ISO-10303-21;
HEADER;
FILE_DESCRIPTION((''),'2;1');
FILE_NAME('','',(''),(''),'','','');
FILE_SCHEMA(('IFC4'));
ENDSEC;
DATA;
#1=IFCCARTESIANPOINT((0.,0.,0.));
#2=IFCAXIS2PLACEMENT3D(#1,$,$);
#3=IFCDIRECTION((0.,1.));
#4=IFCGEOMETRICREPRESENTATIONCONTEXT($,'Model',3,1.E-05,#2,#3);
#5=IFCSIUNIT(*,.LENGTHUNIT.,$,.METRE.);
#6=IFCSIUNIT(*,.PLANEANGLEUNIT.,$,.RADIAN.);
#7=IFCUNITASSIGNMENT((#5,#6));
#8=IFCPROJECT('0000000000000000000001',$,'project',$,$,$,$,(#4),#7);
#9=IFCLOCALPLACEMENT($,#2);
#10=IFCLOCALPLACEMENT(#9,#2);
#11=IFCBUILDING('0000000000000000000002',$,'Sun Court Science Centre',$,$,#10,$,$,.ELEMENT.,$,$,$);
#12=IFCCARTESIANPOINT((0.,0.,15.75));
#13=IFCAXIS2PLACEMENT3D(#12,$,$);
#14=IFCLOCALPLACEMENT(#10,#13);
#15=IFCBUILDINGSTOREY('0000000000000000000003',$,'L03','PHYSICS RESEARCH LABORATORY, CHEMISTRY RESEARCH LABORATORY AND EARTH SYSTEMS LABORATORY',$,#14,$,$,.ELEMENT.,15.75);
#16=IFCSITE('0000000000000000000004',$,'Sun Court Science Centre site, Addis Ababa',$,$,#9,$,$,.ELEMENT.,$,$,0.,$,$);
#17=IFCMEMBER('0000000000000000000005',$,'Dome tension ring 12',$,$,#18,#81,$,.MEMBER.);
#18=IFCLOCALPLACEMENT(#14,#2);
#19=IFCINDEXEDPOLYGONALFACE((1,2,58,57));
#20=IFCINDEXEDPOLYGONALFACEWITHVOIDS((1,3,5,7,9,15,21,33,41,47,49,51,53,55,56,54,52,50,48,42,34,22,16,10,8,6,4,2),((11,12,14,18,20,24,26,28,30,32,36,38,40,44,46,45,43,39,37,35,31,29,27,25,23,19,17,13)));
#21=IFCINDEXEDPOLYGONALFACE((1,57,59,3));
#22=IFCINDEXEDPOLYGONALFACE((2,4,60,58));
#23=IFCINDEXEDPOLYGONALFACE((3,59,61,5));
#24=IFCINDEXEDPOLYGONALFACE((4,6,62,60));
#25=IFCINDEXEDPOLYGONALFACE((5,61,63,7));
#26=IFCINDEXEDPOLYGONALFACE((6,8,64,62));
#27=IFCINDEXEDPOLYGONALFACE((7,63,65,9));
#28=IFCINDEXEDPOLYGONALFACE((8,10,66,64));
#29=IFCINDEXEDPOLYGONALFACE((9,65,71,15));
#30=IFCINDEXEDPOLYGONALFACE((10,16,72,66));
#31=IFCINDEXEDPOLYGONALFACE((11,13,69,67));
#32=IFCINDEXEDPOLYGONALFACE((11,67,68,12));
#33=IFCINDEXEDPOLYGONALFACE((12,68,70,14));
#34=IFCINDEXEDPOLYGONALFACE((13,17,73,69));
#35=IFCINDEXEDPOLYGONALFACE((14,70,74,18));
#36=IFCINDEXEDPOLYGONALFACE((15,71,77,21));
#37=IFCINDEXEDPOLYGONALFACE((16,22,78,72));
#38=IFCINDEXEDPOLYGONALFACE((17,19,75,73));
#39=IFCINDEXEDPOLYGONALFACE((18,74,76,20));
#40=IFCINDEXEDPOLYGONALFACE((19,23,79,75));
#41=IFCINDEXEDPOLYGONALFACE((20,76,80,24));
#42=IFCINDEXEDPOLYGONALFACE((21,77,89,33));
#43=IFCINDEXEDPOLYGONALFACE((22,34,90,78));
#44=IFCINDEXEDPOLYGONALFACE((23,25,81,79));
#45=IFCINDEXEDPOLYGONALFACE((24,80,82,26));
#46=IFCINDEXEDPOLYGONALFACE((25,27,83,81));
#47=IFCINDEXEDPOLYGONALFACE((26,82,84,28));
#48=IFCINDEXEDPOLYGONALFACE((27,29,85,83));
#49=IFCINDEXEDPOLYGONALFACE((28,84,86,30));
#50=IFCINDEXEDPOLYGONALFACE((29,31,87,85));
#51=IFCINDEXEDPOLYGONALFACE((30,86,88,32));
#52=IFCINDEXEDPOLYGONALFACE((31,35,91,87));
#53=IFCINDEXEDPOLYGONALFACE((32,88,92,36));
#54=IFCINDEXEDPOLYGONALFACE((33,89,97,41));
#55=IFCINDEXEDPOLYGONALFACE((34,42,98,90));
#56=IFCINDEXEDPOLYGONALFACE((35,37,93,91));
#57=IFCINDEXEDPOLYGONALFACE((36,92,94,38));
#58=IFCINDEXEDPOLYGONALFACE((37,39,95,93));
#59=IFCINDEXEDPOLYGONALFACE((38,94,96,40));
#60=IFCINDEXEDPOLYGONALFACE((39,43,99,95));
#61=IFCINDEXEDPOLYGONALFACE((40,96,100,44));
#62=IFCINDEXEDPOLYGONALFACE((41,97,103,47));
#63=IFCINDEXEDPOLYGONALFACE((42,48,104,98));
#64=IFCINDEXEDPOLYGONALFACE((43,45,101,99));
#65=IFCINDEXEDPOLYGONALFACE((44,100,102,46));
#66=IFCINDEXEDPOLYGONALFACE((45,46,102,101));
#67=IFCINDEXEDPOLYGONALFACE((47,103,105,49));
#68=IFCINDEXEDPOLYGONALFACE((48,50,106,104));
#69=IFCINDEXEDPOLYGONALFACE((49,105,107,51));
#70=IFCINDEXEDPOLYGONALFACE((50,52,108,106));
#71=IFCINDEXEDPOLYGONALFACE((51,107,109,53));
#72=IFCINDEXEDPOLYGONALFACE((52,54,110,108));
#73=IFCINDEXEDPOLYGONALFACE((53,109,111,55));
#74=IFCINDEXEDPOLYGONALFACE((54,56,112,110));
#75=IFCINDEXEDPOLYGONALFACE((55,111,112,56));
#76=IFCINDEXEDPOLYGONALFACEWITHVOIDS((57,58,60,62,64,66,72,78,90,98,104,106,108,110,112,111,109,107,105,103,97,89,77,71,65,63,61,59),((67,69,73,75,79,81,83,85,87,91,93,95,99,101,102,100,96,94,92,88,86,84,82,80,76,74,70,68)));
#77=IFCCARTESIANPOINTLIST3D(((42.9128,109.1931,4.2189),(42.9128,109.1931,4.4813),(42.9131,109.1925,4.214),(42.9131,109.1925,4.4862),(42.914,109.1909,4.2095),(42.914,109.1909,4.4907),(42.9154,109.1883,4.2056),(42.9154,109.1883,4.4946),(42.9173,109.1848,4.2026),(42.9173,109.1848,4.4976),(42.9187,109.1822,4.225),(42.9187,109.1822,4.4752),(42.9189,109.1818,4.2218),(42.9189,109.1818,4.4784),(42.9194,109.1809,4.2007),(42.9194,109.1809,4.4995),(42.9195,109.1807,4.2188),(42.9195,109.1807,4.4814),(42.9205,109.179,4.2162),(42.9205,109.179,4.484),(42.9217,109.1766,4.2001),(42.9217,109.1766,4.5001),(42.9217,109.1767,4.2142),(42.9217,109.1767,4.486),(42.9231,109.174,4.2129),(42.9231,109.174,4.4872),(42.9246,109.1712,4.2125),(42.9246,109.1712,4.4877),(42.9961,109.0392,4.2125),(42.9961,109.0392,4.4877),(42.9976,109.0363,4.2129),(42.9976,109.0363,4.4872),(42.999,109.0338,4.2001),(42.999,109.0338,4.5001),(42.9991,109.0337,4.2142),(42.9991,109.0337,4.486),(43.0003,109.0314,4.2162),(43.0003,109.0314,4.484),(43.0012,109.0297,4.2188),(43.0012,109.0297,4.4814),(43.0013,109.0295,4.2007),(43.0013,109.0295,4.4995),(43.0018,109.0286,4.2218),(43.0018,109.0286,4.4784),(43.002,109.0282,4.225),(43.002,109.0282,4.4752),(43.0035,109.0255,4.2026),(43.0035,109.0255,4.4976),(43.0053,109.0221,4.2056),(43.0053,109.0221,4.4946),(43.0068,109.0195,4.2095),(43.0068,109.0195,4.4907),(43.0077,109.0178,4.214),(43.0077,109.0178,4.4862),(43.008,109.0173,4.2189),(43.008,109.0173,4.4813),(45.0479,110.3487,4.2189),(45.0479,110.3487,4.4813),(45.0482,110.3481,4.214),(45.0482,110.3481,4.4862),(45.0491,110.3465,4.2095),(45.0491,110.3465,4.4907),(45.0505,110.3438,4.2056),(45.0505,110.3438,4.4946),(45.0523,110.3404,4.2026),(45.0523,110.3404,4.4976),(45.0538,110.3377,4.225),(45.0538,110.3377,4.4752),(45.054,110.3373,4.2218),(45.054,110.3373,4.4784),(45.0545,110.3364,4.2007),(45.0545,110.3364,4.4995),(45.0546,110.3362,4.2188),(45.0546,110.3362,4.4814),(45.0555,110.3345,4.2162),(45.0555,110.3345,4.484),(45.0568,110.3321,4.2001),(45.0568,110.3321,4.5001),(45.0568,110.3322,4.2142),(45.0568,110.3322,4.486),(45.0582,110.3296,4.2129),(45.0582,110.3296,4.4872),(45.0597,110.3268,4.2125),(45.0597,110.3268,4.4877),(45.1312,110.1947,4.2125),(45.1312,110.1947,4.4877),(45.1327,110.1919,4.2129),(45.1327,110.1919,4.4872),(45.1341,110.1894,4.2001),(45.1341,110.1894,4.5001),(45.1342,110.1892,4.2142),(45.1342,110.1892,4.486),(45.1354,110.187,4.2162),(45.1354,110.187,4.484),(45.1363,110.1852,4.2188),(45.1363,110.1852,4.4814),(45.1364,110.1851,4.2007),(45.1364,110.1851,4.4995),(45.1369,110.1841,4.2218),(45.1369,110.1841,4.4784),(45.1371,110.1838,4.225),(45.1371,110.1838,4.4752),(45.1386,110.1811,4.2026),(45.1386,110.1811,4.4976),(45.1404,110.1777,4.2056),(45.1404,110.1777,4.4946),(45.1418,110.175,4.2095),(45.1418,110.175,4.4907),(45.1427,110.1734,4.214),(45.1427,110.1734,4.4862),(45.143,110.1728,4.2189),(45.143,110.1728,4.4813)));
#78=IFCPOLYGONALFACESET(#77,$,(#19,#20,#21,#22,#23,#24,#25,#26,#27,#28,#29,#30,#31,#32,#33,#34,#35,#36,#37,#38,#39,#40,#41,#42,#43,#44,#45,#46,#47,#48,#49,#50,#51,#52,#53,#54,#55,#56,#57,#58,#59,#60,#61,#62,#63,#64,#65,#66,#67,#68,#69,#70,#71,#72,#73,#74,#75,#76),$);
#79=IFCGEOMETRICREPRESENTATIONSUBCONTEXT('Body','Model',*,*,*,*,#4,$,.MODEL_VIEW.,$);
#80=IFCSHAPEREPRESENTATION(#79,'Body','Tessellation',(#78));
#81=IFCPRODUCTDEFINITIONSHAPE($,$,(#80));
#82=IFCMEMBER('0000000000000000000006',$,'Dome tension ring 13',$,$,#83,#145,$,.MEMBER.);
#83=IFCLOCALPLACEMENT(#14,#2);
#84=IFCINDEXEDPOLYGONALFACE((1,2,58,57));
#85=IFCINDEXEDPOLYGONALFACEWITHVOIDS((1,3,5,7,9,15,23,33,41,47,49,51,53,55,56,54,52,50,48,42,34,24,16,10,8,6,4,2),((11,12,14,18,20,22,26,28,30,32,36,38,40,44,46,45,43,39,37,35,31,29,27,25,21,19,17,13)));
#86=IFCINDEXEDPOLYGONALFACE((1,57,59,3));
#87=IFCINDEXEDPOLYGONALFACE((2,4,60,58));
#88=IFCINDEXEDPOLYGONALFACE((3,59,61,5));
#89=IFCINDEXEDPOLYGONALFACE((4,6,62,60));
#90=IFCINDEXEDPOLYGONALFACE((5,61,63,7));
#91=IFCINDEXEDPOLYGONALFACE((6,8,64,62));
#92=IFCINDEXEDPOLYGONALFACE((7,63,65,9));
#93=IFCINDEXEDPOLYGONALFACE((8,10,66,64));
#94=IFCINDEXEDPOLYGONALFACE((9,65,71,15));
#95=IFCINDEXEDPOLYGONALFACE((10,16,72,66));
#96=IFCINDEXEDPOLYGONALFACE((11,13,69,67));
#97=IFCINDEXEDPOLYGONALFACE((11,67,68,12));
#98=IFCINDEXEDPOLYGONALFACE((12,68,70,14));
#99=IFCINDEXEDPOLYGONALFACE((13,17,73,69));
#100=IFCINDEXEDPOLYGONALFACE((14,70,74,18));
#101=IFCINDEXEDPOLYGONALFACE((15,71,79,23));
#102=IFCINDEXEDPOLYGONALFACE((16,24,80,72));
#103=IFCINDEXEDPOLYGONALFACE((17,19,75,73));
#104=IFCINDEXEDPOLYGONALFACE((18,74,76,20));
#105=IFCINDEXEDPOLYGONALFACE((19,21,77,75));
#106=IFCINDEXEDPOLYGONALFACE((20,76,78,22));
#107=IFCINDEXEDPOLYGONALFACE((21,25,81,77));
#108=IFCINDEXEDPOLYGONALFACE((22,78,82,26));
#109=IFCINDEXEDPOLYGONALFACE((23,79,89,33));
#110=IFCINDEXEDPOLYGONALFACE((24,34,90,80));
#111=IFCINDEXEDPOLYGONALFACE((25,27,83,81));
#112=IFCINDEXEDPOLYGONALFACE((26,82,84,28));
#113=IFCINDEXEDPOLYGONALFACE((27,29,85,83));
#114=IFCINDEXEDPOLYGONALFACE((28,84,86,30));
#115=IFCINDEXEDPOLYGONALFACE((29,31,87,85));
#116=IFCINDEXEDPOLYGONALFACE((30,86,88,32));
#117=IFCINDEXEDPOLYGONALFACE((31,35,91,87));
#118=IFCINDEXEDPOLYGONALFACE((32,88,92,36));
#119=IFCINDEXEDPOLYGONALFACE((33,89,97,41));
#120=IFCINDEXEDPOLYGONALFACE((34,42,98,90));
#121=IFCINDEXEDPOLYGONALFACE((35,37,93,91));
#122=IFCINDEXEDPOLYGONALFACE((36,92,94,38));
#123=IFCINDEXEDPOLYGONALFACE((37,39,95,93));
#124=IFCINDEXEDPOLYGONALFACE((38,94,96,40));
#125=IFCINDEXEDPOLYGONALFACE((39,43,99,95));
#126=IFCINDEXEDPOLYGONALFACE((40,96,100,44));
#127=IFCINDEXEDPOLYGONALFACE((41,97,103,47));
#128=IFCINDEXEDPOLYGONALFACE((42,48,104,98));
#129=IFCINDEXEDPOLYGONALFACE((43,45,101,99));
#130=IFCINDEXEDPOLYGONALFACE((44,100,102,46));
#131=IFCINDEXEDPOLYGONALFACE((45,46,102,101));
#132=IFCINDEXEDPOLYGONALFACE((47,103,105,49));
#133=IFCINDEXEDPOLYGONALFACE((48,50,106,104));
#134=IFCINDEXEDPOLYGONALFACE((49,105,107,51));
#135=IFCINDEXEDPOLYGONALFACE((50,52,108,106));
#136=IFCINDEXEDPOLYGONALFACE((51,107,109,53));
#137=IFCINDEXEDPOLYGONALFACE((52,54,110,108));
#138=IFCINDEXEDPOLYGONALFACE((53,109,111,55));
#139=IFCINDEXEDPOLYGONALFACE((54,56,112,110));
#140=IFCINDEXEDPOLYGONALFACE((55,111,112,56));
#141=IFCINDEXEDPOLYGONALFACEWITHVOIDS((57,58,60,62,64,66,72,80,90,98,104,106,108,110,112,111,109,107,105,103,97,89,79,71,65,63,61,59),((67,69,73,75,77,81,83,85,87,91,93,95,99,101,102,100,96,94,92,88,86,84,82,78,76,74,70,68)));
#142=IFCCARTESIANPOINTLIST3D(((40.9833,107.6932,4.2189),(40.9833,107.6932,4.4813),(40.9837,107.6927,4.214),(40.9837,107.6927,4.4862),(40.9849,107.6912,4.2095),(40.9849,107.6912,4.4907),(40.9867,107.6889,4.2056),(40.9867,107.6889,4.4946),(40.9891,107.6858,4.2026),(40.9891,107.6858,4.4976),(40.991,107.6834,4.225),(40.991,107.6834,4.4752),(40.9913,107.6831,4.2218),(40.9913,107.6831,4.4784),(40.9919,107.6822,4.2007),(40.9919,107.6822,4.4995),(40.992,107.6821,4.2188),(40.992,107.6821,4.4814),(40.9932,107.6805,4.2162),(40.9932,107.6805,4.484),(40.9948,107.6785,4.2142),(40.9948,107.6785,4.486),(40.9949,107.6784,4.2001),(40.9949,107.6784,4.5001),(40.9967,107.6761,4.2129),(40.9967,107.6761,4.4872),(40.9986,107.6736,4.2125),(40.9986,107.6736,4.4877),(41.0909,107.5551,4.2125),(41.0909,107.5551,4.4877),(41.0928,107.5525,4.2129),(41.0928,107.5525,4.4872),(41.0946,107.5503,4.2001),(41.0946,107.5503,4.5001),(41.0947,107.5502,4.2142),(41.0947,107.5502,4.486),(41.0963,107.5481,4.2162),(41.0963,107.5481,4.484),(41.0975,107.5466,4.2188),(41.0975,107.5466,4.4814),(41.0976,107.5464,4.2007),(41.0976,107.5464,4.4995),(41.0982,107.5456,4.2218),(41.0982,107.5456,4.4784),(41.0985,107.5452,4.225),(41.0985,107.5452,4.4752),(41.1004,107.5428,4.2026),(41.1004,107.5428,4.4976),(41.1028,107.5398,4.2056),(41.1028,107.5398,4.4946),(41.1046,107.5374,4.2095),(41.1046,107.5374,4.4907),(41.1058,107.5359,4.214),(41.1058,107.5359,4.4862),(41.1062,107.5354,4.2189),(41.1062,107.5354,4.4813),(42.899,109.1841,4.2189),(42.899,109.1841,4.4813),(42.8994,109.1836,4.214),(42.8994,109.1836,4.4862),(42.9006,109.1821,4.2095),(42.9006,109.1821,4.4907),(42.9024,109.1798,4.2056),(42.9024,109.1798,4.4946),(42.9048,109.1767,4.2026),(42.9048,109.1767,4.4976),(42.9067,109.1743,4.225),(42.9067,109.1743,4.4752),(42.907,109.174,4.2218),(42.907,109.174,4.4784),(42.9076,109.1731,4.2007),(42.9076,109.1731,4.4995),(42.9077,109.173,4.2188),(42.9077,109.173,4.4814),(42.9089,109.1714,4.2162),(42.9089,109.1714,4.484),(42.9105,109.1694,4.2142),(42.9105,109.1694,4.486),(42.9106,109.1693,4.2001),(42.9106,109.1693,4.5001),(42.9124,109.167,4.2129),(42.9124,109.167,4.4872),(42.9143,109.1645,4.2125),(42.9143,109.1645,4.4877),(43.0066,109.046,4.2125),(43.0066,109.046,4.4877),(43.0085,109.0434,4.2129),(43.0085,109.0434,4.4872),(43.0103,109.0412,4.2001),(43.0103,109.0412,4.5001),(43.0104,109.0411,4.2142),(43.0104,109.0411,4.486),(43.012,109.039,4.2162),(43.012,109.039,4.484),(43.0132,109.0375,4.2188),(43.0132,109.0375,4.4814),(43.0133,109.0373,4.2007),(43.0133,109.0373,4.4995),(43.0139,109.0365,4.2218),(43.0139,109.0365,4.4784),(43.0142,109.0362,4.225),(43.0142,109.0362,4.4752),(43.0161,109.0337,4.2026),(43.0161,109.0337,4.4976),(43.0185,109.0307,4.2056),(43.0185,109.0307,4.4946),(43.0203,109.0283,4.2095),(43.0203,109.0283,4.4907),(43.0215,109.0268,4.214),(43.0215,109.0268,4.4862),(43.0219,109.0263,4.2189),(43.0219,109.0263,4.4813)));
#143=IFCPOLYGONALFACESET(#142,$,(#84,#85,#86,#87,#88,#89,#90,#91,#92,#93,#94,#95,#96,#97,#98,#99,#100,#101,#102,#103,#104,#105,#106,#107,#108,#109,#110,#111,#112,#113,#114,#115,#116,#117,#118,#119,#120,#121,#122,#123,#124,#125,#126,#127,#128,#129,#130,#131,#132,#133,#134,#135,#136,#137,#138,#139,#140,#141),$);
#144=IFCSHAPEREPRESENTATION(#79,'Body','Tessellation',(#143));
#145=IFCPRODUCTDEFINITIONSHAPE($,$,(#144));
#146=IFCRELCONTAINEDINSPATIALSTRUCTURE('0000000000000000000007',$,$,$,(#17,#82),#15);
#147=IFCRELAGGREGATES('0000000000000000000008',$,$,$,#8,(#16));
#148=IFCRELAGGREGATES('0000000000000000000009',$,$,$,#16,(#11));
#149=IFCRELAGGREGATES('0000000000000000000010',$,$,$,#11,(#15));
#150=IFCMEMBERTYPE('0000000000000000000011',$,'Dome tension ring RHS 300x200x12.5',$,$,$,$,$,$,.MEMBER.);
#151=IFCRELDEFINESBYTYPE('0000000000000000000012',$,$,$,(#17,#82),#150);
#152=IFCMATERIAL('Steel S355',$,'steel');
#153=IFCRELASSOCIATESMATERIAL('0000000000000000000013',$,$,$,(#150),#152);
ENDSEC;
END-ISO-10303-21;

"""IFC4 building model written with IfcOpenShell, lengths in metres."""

from ifc_helpers import new_model, si_unit, direction, frame, origin, origin_2d, place, context, subcontext, project, spatial, hollow_rectangle, extrude, material, material_profile, profile_set, type_object, element, save


model = new_model("IFC4")

# Units and contexts
model_context = context("Model", 3, precision=1e-05, world=origin(), true_north=direction((0.0, 1.0)))
body_context = subcontext(model_context, "Body", "Model", "MODEL_VIEW")
ifc_project = project(units=[si_unit("LENGTHUNIT", "METRE"), si_unit("PLANEANGLEUNIT", "RADIAN")], contexts=[model_context])

# Site, building, storey
site_placement = place(None, origin())
site = spatial("IfcSite", under=ifc_project, at=site_placement, Name="Sun Court Science Centre site, Addis Ababa", CompositionType="ELEMENT", RefElevation=0.0)
building_placement = place(site_placement, origin())
building = spatial("IfcBuilding", under=site, at=building_placement, Name="Sun Court Science Centre", CompositionType="ELEMENT")
storey_placement = place(building_placement, frame((0.0, 0.0, 15.75)))
storey = spatial("IfcBuildingStorey", under=building, at=storey_placement, Name="L03", Description="PHYSICS RESEARCH LABORATORY, CHEMISTRY RESEARCH LABORATORY AND EARTH SYSTEMS LABORATORY", CompositionType="ELEMENT", Elevation=15.75)

# Members
ifc_material_1 = material(Name="Steel S355", Category="steel")
ifc_material_profile_1 = material_profile(ifc_material_1, hollow_rectangle(XDim=0.2, YDim=0.3, WallThickness=0.0125, InnerFilletRadius=0.0125, OuterFilletRadius=0.0188, at=origin_2d()), Name="RHS 300x200x12.5")
ifc_profile_set_1 = profile_set([ifc_material_profile_1], Name="Steel S355")
member_type_1 = type_object("IfcMemberType", Name="Dome tension ring RHS 300x200x12.5", PredefinedType="MEMBER", material=ifc_profile_set_1)
member_placement = place(storey_placement, frame((45.0955, 110.2607, 4.3501), z_axis=(-0.879455, -0.475982, 0.0), x_axis=(0.475982, -0.879455, 0.0)))
element("IfcMember", 1, at=member_placement, inside=storey, type_object=member_type_1, Name="Dome tension ring 12", PredefinedType="MEMBER", context=body_context, shape_type="SweptSolid", body=[
    extrude(hollow_rectangle(XDim=0.2, YDim=0.3, WallThickness=0.0125, InnerFilletRadius=0.0125, OuterFilletRadius=0.0188, at=origin_2d()), origin(), (0.0, 0.0, 1.0), 2.4277),
])
for number, where, z_axis, x_axis, name in (
    (2, (42.9604, 109.1052, 4.3501), (-0.789168, -0.614177, 0.0), (0.614177, -0.789168, 0.0), "Dome tension ring 13"),
):
    element("IfcMember", number, at=place(storey_placement, frame(where, z_axis=z_axis, x_axis=x_axis)), inside=storey, type_object=member_type_1, Name=name, PredefinedType="MEMBER", context=body_context, shape_type="SweptSolid", body=[
        extrude(hollow_rectangle(XDim=0.2, YDim=0.3, WallThickness=0.0125, InnerFilletRadius=0.0125, OuterFilletRadius=0.0188, at=origin_2d()), origin(), (0.0, 0.0, 1.0), 2.4275),
    ])

save(model, "model.ifc")
